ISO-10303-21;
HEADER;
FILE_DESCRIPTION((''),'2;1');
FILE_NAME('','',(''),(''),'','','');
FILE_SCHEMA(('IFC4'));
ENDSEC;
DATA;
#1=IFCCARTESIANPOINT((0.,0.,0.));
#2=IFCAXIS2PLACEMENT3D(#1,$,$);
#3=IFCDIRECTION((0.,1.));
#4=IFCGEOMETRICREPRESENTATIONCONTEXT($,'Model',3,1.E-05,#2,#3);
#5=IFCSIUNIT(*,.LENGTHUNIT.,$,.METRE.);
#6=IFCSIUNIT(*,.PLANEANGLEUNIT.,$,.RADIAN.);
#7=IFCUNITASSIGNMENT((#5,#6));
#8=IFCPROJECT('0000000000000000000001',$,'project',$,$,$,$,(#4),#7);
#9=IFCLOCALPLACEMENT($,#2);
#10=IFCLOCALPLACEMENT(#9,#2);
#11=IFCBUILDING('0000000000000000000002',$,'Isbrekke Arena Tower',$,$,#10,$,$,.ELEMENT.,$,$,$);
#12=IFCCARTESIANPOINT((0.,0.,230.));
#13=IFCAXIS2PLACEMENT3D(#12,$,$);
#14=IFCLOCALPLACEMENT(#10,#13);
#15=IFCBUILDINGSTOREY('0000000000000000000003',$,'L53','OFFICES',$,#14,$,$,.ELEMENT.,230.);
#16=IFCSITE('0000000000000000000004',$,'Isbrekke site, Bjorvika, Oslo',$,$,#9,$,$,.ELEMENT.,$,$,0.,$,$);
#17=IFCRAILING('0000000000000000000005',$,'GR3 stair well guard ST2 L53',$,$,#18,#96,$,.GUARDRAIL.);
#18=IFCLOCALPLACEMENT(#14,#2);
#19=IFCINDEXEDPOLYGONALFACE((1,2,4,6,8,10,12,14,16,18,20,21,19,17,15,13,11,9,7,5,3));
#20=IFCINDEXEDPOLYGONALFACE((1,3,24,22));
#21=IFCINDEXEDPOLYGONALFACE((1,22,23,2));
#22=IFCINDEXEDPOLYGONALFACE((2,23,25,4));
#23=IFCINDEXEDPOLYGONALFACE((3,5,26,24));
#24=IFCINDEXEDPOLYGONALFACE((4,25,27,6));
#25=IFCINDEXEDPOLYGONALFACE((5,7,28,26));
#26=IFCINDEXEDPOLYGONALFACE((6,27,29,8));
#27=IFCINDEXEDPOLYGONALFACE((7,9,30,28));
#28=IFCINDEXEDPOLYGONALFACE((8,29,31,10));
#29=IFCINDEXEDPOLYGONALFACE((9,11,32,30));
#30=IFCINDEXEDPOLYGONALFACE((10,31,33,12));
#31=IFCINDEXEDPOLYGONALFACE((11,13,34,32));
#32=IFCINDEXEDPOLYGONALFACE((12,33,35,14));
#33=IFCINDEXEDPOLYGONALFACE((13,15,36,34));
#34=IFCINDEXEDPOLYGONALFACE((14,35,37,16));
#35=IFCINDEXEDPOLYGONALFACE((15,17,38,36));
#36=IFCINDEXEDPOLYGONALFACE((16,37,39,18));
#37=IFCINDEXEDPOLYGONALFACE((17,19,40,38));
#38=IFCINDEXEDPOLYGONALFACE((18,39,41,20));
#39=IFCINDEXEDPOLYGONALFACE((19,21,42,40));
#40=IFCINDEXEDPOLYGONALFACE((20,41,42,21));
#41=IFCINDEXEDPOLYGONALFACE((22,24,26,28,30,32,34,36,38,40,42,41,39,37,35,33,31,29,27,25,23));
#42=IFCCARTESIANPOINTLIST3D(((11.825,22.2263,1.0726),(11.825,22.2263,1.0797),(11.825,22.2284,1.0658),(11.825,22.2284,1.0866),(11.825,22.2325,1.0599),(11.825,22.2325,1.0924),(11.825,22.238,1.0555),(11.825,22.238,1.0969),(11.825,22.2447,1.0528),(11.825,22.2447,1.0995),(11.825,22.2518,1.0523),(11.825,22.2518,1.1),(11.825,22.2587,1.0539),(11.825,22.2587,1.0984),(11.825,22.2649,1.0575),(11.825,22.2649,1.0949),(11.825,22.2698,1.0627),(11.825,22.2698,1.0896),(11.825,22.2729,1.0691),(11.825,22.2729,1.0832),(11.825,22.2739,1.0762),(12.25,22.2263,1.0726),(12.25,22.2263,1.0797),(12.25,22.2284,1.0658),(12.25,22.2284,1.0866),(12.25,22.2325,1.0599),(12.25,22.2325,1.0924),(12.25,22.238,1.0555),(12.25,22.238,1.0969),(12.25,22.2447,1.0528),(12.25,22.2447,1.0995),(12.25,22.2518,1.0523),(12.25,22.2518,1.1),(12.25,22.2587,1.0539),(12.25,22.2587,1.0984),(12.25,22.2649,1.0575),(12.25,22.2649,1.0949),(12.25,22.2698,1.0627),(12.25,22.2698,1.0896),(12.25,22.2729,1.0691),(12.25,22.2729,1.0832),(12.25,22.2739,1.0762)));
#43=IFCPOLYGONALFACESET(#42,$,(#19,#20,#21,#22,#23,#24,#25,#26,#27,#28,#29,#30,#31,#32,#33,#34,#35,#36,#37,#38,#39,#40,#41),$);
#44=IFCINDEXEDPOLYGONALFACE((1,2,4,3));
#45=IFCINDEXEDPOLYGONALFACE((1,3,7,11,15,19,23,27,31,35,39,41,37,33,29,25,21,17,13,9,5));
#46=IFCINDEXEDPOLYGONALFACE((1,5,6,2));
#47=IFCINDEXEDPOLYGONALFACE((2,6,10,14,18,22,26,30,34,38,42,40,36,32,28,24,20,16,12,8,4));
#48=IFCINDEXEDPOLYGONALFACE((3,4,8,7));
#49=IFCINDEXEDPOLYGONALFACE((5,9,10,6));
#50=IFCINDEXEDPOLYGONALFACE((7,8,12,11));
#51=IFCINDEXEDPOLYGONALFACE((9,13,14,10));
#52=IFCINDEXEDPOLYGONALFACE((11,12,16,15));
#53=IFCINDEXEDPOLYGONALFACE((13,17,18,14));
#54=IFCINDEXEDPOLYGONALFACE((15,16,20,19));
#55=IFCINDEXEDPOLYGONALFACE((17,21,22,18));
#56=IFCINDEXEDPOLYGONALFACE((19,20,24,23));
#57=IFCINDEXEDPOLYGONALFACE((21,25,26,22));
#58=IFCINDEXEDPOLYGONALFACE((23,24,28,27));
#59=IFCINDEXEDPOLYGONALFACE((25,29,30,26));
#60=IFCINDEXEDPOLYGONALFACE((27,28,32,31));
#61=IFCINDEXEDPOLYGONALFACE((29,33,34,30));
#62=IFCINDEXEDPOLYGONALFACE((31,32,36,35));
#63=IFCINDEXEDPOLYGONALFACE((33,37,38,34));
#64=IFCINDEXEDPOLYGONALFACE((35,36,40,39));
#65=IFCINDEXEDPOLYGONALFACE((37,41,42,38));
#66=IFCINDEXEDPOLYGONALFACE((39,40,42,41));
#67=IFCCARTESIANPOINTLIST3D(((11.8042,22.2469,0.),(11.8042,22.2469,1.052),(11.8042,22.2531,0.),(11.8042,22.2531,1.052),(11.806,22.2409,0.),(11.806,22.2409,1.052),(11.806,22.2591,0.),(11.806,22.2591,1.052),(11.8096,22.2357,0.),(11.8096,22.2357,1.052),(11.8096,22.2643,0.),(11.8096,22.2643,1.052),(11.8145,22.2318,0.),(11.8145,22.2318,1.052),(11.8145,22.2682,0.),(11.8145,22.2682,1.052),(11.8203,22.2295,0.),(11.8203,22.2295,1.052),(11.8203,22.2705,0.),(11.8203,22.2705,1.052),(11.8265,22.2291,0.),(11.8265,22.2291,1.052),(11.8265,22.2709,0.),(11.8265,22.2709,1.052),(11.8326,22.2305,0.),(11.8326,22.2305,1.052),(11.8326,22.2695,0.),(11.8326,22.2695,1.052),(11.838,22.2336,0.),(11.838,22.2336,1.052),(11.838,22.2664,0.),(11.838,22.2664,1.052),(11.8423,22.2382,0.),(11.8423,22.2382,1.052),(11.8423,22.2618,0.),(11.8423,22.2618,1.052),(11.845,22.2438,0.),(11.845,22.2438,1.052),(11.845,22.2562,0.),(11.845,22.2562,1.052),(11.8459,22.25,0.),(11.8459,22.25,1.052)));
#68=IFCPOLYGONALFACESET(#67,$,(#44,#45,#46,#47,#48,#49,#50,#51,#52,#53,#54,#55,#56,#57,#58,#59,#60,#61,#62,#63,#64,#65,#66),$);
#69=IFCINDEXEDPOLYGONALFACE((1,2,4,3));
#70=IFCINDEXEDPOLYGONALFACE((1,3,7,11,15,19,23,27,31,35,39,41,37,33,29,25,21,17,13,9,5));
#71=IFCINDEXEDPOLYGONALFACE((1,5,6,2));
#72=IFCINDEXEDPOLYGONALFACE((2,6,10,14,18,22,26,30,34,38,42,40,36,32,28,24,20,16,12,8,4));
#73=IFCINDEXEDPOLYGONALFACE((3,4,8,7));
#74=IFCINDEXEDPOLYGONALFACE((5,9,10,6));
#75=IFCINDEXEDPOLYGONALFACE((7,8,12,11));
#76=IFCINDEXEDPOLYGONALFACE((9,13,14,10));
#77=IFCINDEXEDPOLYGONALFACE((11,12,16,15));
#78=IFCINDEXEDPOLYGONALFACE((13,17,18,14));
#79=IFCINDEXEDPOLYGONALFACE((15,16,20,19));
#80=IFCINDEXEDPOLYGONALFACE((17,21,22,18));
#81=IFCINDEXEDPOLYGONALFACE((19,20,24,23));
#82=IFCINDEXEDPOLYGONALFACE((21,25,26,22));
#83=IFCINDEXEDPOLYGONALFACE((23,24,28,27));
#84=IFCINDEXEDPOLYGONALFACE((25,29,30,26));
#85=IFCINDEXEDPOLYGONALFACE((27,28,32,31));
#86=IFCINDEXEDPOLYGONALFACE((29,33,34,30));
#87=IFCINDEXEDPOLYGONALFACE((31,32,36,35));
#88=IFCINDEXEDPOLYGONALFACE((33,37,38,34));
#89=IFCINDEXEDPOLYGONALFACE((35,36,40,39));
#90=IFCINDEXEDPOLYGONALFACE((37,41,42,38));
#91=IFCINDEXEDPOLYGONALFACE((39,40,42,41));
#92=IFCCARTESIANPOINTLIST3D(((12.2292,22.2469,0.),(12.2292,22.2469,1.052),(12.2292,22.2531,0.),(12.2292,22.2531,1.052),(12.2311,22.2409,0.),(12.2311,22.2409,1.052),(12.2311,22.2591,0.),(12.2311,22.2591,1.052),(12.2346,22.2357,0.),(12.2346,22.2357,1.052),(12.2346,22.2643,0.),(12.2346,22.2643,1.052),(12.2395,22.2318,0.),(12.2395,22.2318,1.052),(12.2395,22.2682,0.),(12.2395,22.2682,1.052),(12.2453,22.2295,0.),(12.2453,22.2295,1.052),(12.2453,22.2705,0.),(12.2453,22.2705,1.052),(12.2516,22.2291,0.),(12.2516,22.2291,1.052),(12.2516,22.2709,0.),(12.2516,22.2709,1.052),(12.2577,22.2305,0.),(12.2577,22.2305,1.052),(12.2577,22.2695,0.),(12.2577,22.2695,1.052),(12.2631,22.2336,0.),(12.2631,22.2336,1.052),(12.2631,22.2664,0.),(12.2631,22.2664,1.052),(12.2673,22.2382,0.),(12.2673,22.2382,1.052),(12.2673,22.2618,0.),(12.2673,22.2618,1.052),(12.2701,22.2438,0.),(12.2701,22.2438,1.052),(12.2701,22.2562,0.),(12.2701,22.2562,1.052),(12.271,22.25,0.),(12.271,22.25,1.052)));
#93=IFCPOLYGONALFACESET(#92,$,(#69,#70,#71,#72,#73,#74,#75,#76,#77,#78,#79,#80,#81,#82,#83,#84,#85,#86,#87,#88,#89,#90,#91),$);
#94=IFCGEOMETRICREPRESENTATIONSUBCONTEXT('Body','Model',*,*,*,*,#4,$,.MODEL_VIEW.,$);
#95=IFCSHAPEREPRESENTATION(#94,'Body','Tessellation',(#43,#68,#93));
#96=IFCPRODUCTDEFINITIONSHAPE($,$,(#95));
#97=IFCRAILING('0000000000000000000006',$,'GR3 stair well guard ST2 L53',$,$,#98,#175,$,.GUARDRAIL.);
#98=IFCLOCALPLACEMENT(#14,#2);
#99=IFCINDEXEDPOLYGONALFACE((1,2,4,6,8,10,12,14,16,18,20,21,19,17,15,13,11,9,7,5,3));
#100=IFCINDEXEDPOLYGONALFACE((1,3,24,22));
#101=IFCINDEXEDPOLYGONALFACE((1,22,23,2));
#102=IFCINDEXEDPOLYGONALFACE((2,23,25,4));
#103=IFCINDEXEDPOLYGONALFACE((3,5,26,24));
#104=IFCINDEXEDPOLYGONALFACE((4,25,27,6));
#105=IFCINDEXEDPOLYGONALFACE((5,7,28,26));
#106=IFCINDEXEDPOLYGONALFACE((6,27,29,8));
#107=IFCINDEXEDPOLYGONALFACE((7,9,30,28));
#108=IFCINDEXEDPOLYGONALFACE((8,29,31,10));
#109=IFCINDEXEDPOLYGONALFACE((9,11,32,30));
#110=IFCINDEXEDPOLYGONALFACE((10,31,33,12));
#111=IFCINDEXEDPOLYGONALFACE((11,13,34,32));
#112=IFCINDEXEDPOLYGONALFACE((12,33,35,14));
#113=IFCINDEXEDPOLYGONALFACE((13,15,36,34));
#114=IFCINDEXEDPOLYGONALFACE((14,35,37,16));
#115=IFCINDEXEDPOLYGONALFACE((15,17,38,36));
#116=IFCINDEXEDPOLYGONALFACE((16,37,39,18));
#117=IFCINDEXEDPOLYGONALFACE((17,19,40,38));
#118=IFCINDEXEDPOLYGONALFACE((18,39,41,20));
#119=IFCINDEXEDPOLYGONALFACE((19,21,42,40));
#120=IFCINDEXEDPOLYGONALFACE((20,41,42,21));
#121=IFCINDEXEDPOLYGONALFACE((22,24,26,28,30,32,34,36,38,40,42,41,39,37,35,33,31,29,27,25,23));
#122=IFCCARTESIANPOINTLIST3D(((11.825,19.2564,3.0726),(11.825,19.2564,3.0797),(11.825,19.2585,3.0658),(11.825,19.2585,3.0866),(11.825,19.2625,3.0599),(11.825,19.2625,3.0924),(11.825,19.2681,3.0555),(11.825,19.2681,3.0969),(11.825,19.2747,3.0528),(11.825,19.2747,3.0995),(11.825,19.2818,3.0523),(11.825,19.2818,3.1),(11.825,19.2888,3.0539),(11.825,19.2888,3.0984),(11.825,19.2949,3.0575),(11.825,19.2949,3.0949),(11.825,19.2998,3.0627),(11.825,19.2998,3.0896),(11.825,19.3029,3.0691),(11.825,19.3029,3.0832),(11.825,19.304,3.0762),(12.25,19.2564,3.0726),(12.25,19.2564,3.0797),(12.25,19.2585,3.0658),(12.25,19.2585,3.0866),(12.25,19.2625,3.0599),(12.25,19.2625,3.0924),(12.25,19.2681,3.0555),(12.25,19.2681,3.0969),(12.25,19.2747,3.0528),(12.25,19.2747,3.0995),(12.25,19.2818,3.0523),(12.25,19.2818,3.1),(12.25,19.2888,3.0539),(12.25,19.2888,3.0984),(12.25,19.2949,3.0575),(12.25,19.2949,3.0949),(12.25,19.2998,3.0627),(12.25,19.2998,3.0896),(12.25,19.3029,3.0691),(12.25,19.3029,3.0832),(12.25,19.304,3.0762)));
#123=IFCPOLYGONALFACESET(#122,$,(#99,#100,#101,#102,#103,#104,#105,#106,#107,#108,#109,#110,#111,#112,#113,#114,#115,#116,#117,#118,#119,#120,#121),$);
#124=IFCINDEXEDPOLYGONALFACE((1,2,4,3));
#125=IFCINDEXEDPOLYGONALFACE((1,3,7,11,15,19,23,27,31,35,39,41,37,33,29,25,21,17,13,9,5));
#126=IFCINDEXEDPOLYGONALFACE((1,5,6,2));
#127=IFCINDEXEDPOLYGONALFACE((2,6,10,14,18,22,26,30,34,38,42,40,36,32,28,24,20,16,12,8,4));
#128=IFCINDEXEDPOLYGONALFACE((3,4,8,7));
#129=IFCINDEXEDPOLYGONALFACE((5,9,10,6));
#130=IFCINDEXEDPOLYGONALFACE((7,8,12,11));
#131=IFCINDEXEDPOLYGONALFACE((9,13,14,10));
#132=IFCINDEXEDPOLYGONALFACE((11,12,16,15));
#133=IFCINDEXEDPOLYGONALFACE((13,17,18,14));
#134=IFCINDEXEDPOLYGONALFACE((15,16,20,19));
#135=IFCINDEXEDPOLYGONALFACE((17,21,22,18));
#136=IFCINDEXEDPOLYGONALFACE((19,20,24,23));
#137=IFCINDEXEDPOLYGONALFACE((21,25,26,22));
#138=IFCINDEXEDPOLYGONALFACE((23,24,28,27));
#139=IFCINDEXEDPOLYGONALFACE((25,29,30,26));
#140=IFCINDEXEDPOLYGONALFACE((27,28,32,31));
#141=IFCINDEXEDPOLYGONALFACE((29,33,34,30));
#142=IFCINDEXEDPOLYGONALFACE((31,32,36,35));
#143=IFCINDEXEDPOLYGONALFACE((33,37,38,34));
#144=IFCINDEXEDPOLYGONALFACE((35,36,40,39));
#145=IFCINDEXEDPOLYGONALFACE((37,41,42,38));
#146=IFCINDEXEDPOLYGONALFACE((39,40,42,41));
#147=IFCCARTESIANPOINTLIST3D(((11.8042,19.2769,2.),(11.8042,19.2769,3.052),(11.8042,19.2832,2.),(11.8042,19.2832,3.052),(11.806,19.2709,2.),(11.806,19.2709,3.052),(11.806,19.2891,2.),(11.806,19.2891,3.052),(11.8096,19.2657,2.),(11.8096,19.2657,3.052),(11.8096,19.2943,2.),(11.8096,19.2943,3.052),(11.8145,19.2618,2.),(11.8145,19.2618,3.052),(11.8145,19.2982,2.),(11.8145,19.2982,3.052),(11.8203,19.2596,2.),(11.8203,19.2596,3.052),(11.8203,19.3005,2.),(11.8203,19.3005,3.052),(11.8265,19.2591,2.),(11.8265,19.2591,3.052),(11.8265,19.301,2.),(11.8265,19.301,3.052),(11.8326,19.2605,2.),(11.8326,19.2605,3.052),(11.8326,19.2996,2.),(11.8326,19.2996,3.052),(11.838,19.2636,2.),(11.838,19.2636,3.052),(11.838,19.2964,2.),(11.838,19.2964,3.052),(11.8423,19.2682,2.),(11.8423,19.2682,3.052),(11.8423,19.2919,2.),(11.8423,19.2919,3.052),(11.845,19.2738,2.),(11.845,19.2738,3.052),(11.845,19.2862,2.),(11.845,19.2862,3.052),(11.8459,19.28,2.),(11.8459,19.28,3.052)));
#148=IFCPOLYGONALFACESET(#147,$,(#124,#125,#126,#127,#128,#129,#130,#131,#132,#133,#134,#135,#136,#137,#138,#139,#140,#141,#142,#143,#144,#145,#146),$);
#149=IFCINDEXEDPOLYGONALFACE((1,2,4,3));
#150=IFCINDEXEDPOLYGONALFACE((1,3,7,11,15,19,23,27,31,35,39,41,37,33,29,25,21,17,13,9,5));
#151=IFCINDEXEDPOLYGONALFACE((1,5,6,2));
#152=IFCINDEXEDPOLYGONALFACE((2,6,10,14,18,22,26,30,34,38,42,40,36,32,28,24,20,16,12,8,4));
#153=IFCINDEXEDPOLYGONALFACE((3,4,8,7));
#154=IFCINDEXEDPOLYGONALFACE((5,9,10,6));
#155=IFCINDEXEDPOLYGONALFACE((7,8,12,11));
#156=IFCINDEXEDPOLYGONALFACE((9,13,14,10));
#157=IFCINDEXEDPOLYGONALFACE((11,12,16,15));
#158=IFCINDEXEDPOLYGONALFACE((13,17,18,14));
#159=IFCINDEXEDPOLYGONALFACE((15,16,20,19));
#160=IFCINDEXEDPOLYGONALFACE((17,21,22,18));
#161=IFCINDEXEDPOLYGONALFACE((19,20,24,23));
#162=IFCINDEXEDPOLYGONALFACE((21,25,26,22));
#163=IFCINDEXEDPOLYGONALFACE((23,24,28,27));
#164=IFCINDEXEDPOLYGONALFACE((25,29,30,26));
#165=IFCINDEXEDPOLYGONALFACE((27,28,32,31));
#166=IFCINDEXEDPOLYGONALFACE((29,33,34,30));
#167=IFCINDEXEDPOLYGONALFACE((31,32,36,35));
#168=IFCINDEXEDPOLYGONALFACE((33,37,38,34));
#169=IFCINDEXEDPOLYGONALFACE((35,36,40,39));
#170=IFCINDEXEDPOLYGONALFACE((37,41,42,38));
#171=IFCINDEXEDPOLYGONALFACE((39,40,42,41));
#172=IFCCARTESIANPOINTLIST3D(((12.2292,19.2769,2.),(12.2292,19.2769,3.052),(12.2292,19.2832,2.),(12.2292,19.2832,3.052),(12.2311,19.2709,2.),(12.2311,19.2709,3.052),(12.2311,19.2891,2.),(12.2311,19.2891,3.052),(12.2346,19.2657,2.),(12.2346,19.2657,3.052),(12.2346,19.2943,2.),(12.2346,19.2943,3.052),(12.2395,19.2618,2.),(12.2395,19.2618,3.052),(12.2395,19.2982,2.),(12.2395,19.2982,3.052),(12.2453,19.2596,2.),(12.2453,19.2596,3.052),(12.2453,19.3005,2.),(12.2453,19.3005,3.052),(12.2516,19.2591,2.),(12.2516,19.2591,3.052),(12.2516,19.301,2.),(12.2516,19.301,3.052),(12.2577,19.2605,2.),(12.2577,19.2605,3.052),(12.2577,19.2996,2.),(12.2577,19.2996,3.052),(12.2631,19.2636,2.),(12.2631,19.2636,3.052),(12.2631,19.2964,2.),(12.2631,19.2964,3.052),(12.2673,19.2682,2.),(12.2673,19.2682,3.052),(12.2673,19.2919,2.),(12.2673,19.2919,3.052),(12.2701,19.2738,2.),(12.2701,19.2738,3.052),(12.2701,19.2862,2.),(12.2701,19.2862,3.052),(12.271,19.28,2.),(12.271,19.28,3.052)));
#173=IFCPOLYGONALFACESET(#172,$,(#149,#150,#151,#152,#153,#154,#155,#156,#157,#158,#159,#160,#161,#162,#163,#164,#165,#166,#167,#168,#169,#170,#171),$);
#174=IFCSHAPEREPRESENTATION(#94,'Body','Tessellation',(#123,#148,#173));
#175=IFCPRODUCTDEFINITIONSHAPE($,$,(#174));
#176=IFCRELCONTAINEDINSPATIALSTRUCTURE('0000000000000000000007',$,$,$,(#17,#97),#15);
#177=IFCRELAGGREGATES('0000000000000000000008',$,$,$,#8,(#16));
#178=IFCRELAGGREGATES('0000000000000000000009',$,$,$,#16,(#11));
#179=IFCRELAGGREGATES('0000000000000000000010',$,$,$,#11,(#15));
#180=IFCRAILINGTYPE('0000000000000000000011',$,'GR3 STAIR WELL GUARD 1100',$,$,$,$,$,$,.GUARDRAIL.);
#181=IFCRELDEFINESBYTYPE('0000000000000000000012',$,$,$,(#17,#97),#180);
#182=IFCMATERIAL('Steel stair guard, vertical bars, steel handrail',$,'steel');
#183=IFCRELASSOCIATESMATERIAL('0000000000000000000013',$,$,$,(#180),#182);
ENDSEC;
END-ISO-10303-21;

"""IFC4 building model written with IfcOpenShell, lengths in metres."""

from ifc_helpers import new_model, si_unit, direction, frame, origin, origin_2d, place, context, subcontext, project, spatial, circle, extrude, material, type_object, element, save


model = new_model("IFC4")

# Units and contexts
model_context = context("Model", 3, precision=1e-05, world=origin(), true_north=direction((0.0, 1.0)))
body_context = subcontext(model_context, "Body", "Model", "MODEL_VIEW")
ifc_project = project(units=[si_unit("LENGTHUNIT", "METRE"), si_unit("PLANEANGLEUNIT", "RADIAN")], contexts=[model_context])

# Site, building, storey
site_placement = place(None, origin())
site = spatial("IfcSite", under=ifc_project, at=site_placement, Name="Isbrekke site, Bjorvika, Oslo", CompositionType="ELEMENT", RefElevation=0.0)
building_placement = place(site_placement, origin())
building = spatial("IfcBuilding", under=site, at=building_placement, Name="Isbrekke Arena Tower", CompositionType="ELEMENT")
storey_placement = place(building_placement, frame((0.0, 0.0, 230.0)))
storey = spatial("IfcBuildingStorey", under=building, at=storey_placement, Name="L53", Description="OFFICES", CompositionType="ELEMENT", Elevation=230.0)

# Railings
ifc_material_1 = material(Name="Steel stair guard, vertical bars, steel handrail", Category="steel")
railing_type = type_object("IfcRailingType", Name="GR3 STAIR WELL GUARD 1100", PredefinedType="GUARDRAIL", material=ifc_material_1)
for number, where, name in (
    (1, (11.825, 22.25, 0.0), "GR3 stair well guard ST2 L53"),
    (2, (11.825, 19.28, 2.0), "GR3 stair well guard ST2 L53"),
):
    element("IfcRailing", number, at=place(storey_placement, frame(where)), inside=storey, type_object=railing_type, Name=name, PredefinedType="GUARDRAIL", context=body_context, shape_type="SweptSolid", body=[
        extrude(circle(Radius=0.0239, at=origin_2d()), frame((0.0, 0.0, 1.0762), z_axis=(1.0, 0.0, 0.0), x_axis=(0.0, 1.0, 0.0)), (0.0, 0.0, 1.0), 0.425),
        extrude(circle(Radius=0.021, at=origin_2d()), origin(), (0.0, 0.0, 1.0), 1.052),
        extrude(circle(Radius=0.021, at=origin_2d()), frame((0.425, 0.0, 0.0)), (0.0, 0.0, 1.0), 1.052),
    ])

save(model, "model.ifc")
